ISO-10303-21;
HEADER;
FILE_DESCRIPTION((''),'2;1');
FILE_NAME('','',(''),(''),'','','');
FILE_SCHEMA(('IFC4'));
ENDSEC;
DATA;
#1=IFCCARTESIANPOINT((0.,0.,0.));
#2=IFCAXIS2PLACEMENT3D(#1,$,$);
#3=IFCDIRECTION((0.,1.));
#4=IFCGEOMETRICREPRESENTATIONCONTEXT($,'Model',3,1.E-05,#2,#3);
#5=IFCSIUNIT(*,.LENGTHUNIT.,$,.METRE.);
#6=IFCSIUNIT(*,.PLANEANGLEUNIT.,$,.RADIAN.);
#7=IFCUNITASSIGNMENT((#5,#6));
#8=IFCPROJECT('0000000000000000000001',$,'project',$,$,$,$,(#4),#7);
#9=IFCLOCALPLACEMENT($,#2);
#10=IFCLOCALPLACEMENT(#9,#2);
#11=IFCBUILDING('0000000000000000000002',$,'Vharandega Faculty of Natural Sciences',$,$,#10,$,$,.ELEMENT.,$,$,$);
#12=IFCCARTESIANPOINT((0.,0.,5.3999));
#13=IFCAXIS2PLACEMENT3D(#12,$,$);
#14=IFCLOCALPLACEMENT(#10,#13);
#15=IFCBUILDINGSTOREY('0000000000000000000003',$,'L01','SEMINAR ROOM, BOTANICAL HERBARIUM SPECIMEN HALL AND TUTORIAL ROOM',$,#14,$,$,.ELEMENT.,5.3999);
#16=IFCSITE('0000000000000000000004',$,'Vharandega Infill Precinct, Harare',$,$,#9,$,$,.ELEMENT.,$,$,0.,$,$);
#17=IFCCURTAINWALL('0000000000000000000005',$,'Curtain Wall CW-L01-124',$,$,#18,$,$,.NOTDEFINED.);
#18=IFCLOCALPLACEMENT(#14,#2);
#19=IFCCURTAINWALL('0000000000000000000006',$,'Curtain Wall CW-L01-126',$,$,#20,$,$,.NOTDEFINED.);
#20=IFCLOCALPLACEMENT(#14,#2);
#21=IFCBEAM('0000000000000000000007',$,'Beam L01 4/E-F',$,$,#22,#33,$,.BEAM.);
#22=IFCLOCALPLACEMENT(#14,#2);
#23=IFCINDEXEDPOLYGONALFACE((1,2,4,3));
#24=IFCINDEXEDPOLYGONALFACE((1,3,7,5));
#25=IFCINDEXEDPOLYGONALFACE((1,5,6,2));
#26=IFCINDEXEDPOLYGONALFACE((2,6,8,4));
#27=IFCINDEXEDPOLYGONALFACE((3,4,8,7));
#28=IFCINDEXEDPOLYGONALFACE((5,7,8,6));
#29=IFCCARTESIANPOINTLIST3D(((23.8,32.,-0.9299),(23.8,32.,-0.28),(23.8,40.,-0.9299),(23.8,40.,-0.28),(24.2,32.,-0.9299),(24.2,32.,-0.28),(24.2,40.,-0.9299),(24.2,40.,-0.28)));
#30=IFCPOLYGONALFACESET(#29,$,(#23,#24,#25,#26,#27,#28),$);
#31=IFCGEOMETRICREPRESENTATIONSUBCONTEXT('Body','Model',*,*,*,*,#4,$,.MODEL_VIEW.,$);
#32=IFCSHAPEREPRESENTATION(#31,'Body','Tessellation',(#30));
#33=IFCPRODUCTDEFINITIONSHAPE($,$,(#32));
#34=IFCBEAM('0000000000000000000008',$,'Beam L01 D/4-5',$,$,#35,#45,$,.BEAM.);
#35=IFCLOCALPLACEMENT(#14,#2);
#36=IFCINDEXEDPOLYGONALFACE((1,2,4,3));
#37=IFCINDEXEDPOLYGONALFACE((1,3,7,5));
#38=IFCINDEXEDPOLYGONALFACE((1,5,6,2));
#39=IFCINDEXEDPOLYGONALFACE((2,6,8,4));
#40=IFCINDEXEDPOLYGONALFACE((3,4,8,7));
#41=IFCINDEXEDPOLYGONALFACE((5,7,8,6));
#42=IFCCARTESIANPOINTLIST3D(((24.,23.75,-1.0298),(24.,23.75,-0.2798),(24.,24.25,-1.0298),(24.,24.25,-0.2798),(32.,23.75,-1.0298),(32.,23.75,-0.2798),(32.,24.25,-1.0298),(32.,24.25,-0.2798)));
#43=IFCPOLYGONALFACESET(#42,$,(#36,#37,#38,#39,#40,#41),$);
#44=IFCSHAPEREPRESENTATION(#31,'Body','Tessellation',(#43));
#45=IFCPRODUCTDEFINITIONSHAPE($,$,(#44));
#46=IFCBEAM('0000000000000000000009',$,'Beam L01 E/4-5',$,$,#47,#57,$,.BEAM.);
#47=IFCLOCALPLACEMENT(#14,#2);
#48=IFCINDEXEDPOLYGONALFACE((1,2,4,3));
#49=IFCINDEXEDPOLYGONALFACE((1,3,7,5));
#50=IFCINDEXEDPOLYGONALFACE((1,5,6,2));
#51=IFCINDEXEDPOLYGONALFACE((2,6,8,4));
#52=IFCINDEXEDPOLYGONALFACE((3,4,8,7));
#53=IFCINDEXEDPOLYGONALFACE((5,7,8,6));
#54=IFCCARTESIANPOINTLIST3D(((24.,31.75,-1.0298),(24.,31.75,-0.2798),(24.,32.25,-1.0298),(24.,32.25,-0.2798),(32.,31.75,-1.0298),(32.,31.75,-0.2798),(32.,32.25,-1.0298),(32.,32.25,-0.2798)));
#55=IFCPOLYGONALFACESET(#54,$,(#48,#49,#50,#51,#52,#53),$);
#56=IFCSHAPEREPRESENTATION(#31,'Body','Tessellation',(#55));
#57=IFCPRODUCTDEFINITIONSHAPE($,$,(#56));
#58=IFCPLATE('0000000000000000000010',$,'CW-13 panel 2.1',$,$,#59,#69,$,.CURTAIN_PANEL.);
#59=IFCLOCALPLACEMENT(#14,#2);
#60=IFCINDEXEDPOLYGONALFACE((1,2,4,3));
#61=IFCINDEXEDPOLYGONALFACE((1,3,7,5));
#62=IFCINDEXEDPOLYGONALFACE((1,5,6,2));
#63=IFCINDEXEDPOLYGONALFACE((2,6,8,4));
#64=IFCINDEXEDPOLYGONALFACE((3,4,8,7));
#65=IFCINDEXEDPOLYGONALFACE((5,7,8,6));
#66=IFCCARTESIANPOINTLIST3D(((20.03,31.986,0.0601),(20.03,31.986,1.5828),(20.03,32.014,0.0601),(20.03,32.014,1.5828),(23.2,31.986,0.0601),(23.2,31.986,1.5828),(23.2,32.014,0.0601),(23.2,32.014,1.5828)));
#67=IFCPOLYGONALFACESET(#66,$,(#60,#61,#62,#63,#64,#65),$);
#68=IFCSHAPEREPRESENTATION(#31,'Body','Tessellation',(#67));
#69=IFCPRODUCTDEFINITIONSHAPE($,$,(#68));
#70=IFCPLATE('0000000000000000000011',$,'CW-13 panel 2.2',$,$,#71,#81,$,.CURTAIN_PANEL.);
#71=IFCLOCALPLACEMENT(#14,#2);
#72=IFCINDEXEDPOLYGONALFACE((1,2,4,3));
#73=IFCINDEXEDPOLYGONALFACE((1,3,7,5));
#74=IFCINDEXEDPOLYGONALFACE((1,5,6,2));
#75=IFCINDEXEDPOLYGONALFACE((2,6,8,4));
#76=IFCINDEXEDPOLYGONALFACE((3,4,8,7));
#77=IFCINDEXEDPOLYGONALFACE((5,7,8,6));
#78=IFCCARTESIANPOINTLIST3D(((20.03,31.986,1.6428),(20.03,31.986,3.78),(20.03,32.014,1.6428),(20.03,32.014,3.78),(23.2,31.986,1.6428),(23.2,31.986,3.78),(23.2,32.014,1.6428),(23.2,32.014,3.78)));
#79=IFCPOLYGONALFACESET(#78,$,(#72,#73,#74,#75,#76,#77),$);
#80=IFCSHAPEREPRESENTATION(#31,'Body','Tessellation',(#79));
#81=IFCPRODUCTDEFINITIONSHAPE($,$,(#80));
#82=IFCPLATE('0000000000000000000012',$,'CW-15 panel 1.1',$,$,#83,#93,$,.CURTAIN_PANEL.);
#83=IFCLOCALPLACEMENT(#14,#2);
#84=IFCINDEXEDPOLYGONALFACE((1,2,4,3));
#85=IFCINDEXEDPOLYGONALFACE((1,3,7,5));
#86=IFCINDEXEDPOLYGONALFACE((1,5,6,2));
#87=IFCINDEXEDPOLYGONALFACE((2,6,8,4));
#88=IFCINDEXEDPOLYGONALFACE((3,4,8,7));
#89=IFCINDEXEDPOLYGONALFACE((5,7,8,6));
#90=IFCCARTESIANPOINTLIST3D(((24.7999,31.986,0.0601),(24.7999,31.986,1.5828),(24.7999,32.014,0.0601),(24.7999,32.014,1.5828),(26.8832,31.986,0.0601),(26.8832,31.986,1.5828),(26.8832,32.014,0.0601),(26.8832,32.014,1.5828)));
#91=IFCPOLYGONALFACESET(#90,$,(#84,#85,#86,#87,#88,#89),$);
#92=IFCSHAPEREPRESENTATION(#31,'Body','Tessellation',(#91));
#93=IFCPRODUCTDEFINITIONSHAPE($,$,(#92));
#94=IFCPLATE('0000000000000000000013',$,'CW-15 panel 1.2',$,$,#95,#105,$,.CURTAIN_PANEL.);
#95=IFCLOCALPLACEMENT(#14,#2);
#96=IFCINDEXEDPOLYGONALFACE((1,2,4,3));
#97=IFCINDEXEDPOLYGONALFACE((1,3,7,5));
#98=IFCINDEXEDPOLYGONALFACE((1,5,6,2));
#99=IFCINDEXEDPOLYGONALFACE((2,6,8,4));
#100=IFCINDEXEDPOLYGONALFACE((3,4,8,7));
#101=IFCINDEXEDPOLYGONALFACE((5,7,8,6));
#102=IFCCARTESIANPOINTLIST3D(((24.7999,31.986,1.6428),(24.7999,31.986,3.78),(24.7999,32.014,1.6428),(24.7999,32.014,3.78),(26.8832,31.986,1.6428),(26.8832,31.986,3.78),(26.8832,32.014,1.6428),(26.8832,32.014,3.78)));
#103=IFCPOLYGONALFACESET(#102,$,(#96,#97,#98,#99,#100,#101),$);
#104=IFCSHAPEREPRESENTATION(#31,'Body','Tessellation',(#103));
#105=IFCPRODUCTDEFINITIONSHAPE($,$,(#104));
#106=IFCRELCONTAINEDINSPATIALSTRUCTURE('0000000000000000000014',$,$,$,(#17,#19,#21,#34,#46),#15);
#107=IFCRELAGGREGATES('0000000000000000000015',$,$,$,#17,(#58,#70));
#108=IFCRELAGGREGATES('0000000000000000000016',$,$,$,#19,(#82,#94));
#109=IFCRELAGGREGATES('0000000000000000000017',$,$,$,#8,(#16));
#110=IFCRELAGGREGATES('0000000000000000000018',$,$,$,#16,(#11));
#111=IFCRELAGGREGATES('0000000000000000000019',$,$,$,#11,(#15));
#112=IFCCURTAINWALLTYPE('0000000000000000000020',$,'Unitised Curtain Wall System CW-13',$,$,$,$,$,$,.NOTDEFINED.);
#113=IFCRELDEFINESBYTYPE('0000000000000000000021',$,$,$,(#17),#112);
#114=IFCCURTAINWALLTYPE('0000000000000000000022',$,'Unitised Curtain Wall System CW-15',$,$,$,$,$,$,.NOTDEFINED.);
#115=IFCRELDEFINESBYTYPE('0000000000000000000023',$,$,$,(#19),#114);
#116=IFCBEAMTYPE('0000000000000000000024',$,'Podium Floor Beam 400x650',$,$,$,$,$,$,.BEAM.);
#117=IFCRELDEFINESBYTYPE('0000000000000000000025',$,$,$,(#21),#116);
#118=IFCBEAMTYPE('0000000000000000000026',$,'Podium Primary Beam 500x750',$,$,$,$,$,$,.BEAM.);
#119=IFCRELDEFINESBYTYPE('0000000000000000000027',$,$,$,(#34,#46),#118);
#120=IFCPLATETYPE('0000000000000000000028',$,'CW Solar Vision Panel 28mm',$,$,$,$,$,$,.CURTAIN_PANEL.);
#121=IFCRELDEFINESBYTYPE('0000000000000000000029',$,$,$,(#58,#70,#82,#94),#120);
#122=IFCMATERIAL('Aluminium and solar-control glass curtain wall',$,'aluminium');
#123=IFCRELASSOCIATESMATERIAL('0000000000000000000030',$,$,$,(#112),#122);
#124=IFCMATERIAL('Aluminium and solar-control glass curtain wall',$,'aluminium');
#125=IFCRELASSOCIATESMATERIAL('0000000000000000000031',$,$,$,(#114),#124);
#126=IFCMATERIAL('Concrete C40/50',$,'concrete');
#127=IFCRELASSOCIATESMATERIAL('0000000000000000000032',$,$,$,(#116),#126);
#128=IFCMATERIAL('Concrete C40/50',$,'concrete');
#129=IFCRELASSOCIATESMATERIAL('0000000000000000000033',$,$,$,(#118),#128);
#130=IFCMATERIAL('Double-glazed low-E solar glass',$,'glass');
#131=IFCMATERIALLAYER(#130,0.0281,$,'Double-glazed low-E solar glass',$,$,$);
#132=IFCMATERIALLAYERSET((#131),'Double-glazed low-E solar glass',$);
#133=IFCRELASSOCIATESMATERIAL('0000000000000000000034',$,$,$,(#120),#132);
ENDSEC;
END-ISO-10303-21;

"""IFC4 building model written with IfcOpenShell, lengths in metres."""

from ifc_helpers import new_model, si_unit, direction, frame, origin, origin_2d, place, context, subcontext, project, spatial, rectangle, extrude, material, layer, layer_set, material_profile, profile_set, type_object, element, aggregate, save


model = new_model("IFC4")

# Units and contexts
model_context = context("Model", 3, precision=1e-05, world=origin(), true_north=direction((0.0, 1.0)))
body_context = subcontext(model_context, "Body", "Model", "MODEL_VIEW")
ifc_project = project(units=[si_unit("LENGTHUNIT", "METRE"), si_unit("PLANEANGLEUNIT", "RADIAN")], contexts=[model_context])

# Site, building, storey
site_placement = place(None, origin())
site = spatial("IfcSite", under=ifc_project, at=site_placement, Name="Vharandega Infill Precinct, Harare", CompositionType="ELEMENT", RefElevation=0.0)
building_placement = place(site_placement, origin())
building = spatial("IfcBuilding", under=site, at=building_placement, Name="Vharandega Faculty of Natural Sciences", CompositionType="ELEMENT")
storey_placement = place(building_placement, frame((0.0, 0.0, 5.3999)))
storey = spatial("IfcBuildingStorey", under=building, at=storey_placement, Name="L01", Description="SEMINAR ROOM, BOTANICAL HERBARIUM SPECIMEN HALL AND TUTORIAL ROOM", CompositionType="ELEMENT", Elevation=5.3999)

# Curtain wall
ifc_material_1 = material(Name="Aluminium and solar-control glass curtain wall", Category="aluminium")
curtain_wall_type_1 = type_object("IfcCurtainWallType", Name="Unitised Curtain Wall System CW-13", PredefinedType="NOTDEFINED", material=ifc_material_1)
curtain_wall_1_placement = place(storey_placement, origin())
curtain_wall_1 = element("IfcCurtainWall", 1, at=curtain_wall_1_placement, inside=storey, type_object=curtain_wall_type_1, Name="Curtain Wall CW-L01-124", PredefinedType="NOTDEFINED")

# Curtain wall
ifc_material_2 = material(Name="Aluminium and solar-control glass curtain wall", Category="aluminium")
curtain_wall_type_2 = type_object("IfcCurtainWallType", Name="Unitised Curtain Wall System CW-15", PredefinedType="NOTDEFINED", material=ifc_material_2)
curtain_wall_2_placement = place(storey_placement, origin())
curtain_wall_2 = element("IfcCurtainWall", 2, at=curtain_wall_2_placement, inside=storey, type_object=curtain_wall_type_2, Name="Curtain Wall CW-L01-126", PredefinedType="NOTDEFINED")

# Beams
ifc_material_3 = material(Name="Concrete C40/50", Category="concrete")
ifc_material_profile_1 = material_profile(ifc_material_3, rectangle(XDim=0.3999, YDim=0.6499, at=origin_2d()), Name="RC 400x650")
ifc_profile_set_1 = profile_set([ifc_material_profile_1], Name="Concrete C40/50")
beam_type_1 = type_object("IfcBeamType", Name="Podium Floor Beam 400x650", PredefinedType="BEAM", material=ifc_profile_set_1)
for number, where, z_axis, x_axis, name in (
    (3, (24.0, 32.0, -0.605), (0.0, 1.0, 0.0), (-1.0, 0.0, 0.0), "Beam L01 4/E-F"),
):
    element("IfcBeam", number, at=place(storey_placement, frame(where, z_axis=z_axis, x_axis=x_axis)), inside=storey, type_object=beam_type_1, Name=name, PredefinedType="BEAM", context=body_context, shape_type="SweptSolid", body=[
        extrude(rectangle(XDim=0.3999, YDim=0.6499, at=origin_2d()), origin(), (0.0, 0.0, 1.0), 8.0),
    ])
ifc_material_4 = material(Name="Concrete C40/50", Category="concrete")
ifc_material_profile_2 = material_profile(ifc_material_4, rectangle(XDim=0.5, YDim=0.75, at=origin_2d()), Name="RC 500x750")
ifc_profile_set_2 = profile_set([ifc_material_profile_2], Name="Concrete C40/50")
beam_type_2 = type_object("IfcBeamType", Name="Podium Primary Beam 500x750", PredefinedType="BEAM", material=ifc_profile_set_2)
for number, where, z_axis, x_axis, name in (
    (4, (24.0, 24.0, -0.6548), (1.0, 0.0, 0.0), (0.0, 1.0, 0.0), "Beam L01 D/4-5"),
    (5, (24.0, 32.0, -0.6548), (1.0, 0.0, 0.0), (0.0, 1.0, 0.0), "Beam L01 E/4-5"),
):
    element("IfcBeam", number, at=place(storey_placement, frame(where, z_axis=z_axis, x_axis=x_axis)), inside=storey, type_object=beam_type_2, Name=name, PredefinedType="BEAM", context=body_context, shape_type="SweptSolid", body=[
        extrude(rectangle(XDim=0.5, YDim=0.75, at=origin_2d()), origin(), (0.0, 0.0, 1.0), 8.0),
    ])

# Plates
ifc_material_5 = material(Name="Double-glazed low-E solar glass", Category="glass")
ifc_layer = layer(ifc_material_5, 0.0281, Name="Double-glazed low-E solar glass")
ifc_layer_set = layer_set([ifc_layer], Name="Double-glazed low-E solar glass")
plate_type = type_object("IfcPlateType", Name="CW Solar Vision Panel 28mm", PredefinedType="CURTAIN_PANEL", material=ifc_layer_set)
plate_1_placement = place(storey_placement, frame((21.615, 32.0, 0.0601), z_axis=(0.0, 0.0, 1.0), x_axis=(1.0, 0.0, 0.0)))
plate_1 = element("IfcPlate", 6, at=plate_1_placement, type_object=plate_type, Name="CW-13 panel 2.1", PredefinedType="CURTAIN_PANEL", context=body_context, shape_type="SweptSolid", body=[
    extrude(rectangle(XDim=3.1699, YDim=0.0281, at=origin_2d()), origin(), (0.0, 0.0, 1.0), 1.5227),
])
plate_2_placement = place(storey_placement, frame((21.615, 32.0, 1.6428), z_axis=(0.0, 0.0, 1.0), x_axis=(1.0, 0.0, 0.0)))
plate_2 = element("IfcPlate", 7, at=plate_2_placement, type_object=plate_type, Name="CW-13 panel 2.2", PredefinedType="CURTAIN_PANEL", context=body_context, shape_type="SweptSolid", body=[
    extrude(rectangle(XDim=3.1699, YDim=0.0281, at=origin_2d()), origin(), (0.0, 0.0, 1.0), 2.1372),
])
aggregate(curtain_wall_1, [plate_1, plate_2])
plate_3_placement = place(storey_placement, frame((25.8416, 32.0, 0.0601), z_axis=(0.0, 0.0, 1.0), x_axis=(1.0, 0.0, 0.0)))
plate_3 = element("IfcPlate", 8, at=plate_3_placement, type_object=plate_type, Name="CW-15 panel 1.1", PredefinedType="CURTAIN_PANEL", context=body_context, shape_type="SweptSolid", body=[
    extrude(rectangle(XDim=2.0833, YDim=0.0281, at=origin_2d()), origin(), (0.0, 0.0, 1.0), 1.5227),
])
plate_4_placement = place(storey_placement, frame((25.8416, 32.0, 1.6428), z_axis=(0.0, 0.0, 1.0), x_axis=(1.0, 0.0, 0.0)))
plate_4 = element("IfcPlate", 9, at=plate_4_placement, type_object=plate_type, Name="CW-15 panel 1.2", PredefinedType="CURTAIN_PANEL", context=body_context, shape_type="SweptSolid", body=[
    extrude(rectangle(XDim=2.0833, YDim=0.0281, at=origin_2d()), origin(), (0.0, 0.0, 1.0), 2.1372),
])
aggregate(curtain_wall_2, [plate_3, plate_4])

save(model, "model.ifc")
